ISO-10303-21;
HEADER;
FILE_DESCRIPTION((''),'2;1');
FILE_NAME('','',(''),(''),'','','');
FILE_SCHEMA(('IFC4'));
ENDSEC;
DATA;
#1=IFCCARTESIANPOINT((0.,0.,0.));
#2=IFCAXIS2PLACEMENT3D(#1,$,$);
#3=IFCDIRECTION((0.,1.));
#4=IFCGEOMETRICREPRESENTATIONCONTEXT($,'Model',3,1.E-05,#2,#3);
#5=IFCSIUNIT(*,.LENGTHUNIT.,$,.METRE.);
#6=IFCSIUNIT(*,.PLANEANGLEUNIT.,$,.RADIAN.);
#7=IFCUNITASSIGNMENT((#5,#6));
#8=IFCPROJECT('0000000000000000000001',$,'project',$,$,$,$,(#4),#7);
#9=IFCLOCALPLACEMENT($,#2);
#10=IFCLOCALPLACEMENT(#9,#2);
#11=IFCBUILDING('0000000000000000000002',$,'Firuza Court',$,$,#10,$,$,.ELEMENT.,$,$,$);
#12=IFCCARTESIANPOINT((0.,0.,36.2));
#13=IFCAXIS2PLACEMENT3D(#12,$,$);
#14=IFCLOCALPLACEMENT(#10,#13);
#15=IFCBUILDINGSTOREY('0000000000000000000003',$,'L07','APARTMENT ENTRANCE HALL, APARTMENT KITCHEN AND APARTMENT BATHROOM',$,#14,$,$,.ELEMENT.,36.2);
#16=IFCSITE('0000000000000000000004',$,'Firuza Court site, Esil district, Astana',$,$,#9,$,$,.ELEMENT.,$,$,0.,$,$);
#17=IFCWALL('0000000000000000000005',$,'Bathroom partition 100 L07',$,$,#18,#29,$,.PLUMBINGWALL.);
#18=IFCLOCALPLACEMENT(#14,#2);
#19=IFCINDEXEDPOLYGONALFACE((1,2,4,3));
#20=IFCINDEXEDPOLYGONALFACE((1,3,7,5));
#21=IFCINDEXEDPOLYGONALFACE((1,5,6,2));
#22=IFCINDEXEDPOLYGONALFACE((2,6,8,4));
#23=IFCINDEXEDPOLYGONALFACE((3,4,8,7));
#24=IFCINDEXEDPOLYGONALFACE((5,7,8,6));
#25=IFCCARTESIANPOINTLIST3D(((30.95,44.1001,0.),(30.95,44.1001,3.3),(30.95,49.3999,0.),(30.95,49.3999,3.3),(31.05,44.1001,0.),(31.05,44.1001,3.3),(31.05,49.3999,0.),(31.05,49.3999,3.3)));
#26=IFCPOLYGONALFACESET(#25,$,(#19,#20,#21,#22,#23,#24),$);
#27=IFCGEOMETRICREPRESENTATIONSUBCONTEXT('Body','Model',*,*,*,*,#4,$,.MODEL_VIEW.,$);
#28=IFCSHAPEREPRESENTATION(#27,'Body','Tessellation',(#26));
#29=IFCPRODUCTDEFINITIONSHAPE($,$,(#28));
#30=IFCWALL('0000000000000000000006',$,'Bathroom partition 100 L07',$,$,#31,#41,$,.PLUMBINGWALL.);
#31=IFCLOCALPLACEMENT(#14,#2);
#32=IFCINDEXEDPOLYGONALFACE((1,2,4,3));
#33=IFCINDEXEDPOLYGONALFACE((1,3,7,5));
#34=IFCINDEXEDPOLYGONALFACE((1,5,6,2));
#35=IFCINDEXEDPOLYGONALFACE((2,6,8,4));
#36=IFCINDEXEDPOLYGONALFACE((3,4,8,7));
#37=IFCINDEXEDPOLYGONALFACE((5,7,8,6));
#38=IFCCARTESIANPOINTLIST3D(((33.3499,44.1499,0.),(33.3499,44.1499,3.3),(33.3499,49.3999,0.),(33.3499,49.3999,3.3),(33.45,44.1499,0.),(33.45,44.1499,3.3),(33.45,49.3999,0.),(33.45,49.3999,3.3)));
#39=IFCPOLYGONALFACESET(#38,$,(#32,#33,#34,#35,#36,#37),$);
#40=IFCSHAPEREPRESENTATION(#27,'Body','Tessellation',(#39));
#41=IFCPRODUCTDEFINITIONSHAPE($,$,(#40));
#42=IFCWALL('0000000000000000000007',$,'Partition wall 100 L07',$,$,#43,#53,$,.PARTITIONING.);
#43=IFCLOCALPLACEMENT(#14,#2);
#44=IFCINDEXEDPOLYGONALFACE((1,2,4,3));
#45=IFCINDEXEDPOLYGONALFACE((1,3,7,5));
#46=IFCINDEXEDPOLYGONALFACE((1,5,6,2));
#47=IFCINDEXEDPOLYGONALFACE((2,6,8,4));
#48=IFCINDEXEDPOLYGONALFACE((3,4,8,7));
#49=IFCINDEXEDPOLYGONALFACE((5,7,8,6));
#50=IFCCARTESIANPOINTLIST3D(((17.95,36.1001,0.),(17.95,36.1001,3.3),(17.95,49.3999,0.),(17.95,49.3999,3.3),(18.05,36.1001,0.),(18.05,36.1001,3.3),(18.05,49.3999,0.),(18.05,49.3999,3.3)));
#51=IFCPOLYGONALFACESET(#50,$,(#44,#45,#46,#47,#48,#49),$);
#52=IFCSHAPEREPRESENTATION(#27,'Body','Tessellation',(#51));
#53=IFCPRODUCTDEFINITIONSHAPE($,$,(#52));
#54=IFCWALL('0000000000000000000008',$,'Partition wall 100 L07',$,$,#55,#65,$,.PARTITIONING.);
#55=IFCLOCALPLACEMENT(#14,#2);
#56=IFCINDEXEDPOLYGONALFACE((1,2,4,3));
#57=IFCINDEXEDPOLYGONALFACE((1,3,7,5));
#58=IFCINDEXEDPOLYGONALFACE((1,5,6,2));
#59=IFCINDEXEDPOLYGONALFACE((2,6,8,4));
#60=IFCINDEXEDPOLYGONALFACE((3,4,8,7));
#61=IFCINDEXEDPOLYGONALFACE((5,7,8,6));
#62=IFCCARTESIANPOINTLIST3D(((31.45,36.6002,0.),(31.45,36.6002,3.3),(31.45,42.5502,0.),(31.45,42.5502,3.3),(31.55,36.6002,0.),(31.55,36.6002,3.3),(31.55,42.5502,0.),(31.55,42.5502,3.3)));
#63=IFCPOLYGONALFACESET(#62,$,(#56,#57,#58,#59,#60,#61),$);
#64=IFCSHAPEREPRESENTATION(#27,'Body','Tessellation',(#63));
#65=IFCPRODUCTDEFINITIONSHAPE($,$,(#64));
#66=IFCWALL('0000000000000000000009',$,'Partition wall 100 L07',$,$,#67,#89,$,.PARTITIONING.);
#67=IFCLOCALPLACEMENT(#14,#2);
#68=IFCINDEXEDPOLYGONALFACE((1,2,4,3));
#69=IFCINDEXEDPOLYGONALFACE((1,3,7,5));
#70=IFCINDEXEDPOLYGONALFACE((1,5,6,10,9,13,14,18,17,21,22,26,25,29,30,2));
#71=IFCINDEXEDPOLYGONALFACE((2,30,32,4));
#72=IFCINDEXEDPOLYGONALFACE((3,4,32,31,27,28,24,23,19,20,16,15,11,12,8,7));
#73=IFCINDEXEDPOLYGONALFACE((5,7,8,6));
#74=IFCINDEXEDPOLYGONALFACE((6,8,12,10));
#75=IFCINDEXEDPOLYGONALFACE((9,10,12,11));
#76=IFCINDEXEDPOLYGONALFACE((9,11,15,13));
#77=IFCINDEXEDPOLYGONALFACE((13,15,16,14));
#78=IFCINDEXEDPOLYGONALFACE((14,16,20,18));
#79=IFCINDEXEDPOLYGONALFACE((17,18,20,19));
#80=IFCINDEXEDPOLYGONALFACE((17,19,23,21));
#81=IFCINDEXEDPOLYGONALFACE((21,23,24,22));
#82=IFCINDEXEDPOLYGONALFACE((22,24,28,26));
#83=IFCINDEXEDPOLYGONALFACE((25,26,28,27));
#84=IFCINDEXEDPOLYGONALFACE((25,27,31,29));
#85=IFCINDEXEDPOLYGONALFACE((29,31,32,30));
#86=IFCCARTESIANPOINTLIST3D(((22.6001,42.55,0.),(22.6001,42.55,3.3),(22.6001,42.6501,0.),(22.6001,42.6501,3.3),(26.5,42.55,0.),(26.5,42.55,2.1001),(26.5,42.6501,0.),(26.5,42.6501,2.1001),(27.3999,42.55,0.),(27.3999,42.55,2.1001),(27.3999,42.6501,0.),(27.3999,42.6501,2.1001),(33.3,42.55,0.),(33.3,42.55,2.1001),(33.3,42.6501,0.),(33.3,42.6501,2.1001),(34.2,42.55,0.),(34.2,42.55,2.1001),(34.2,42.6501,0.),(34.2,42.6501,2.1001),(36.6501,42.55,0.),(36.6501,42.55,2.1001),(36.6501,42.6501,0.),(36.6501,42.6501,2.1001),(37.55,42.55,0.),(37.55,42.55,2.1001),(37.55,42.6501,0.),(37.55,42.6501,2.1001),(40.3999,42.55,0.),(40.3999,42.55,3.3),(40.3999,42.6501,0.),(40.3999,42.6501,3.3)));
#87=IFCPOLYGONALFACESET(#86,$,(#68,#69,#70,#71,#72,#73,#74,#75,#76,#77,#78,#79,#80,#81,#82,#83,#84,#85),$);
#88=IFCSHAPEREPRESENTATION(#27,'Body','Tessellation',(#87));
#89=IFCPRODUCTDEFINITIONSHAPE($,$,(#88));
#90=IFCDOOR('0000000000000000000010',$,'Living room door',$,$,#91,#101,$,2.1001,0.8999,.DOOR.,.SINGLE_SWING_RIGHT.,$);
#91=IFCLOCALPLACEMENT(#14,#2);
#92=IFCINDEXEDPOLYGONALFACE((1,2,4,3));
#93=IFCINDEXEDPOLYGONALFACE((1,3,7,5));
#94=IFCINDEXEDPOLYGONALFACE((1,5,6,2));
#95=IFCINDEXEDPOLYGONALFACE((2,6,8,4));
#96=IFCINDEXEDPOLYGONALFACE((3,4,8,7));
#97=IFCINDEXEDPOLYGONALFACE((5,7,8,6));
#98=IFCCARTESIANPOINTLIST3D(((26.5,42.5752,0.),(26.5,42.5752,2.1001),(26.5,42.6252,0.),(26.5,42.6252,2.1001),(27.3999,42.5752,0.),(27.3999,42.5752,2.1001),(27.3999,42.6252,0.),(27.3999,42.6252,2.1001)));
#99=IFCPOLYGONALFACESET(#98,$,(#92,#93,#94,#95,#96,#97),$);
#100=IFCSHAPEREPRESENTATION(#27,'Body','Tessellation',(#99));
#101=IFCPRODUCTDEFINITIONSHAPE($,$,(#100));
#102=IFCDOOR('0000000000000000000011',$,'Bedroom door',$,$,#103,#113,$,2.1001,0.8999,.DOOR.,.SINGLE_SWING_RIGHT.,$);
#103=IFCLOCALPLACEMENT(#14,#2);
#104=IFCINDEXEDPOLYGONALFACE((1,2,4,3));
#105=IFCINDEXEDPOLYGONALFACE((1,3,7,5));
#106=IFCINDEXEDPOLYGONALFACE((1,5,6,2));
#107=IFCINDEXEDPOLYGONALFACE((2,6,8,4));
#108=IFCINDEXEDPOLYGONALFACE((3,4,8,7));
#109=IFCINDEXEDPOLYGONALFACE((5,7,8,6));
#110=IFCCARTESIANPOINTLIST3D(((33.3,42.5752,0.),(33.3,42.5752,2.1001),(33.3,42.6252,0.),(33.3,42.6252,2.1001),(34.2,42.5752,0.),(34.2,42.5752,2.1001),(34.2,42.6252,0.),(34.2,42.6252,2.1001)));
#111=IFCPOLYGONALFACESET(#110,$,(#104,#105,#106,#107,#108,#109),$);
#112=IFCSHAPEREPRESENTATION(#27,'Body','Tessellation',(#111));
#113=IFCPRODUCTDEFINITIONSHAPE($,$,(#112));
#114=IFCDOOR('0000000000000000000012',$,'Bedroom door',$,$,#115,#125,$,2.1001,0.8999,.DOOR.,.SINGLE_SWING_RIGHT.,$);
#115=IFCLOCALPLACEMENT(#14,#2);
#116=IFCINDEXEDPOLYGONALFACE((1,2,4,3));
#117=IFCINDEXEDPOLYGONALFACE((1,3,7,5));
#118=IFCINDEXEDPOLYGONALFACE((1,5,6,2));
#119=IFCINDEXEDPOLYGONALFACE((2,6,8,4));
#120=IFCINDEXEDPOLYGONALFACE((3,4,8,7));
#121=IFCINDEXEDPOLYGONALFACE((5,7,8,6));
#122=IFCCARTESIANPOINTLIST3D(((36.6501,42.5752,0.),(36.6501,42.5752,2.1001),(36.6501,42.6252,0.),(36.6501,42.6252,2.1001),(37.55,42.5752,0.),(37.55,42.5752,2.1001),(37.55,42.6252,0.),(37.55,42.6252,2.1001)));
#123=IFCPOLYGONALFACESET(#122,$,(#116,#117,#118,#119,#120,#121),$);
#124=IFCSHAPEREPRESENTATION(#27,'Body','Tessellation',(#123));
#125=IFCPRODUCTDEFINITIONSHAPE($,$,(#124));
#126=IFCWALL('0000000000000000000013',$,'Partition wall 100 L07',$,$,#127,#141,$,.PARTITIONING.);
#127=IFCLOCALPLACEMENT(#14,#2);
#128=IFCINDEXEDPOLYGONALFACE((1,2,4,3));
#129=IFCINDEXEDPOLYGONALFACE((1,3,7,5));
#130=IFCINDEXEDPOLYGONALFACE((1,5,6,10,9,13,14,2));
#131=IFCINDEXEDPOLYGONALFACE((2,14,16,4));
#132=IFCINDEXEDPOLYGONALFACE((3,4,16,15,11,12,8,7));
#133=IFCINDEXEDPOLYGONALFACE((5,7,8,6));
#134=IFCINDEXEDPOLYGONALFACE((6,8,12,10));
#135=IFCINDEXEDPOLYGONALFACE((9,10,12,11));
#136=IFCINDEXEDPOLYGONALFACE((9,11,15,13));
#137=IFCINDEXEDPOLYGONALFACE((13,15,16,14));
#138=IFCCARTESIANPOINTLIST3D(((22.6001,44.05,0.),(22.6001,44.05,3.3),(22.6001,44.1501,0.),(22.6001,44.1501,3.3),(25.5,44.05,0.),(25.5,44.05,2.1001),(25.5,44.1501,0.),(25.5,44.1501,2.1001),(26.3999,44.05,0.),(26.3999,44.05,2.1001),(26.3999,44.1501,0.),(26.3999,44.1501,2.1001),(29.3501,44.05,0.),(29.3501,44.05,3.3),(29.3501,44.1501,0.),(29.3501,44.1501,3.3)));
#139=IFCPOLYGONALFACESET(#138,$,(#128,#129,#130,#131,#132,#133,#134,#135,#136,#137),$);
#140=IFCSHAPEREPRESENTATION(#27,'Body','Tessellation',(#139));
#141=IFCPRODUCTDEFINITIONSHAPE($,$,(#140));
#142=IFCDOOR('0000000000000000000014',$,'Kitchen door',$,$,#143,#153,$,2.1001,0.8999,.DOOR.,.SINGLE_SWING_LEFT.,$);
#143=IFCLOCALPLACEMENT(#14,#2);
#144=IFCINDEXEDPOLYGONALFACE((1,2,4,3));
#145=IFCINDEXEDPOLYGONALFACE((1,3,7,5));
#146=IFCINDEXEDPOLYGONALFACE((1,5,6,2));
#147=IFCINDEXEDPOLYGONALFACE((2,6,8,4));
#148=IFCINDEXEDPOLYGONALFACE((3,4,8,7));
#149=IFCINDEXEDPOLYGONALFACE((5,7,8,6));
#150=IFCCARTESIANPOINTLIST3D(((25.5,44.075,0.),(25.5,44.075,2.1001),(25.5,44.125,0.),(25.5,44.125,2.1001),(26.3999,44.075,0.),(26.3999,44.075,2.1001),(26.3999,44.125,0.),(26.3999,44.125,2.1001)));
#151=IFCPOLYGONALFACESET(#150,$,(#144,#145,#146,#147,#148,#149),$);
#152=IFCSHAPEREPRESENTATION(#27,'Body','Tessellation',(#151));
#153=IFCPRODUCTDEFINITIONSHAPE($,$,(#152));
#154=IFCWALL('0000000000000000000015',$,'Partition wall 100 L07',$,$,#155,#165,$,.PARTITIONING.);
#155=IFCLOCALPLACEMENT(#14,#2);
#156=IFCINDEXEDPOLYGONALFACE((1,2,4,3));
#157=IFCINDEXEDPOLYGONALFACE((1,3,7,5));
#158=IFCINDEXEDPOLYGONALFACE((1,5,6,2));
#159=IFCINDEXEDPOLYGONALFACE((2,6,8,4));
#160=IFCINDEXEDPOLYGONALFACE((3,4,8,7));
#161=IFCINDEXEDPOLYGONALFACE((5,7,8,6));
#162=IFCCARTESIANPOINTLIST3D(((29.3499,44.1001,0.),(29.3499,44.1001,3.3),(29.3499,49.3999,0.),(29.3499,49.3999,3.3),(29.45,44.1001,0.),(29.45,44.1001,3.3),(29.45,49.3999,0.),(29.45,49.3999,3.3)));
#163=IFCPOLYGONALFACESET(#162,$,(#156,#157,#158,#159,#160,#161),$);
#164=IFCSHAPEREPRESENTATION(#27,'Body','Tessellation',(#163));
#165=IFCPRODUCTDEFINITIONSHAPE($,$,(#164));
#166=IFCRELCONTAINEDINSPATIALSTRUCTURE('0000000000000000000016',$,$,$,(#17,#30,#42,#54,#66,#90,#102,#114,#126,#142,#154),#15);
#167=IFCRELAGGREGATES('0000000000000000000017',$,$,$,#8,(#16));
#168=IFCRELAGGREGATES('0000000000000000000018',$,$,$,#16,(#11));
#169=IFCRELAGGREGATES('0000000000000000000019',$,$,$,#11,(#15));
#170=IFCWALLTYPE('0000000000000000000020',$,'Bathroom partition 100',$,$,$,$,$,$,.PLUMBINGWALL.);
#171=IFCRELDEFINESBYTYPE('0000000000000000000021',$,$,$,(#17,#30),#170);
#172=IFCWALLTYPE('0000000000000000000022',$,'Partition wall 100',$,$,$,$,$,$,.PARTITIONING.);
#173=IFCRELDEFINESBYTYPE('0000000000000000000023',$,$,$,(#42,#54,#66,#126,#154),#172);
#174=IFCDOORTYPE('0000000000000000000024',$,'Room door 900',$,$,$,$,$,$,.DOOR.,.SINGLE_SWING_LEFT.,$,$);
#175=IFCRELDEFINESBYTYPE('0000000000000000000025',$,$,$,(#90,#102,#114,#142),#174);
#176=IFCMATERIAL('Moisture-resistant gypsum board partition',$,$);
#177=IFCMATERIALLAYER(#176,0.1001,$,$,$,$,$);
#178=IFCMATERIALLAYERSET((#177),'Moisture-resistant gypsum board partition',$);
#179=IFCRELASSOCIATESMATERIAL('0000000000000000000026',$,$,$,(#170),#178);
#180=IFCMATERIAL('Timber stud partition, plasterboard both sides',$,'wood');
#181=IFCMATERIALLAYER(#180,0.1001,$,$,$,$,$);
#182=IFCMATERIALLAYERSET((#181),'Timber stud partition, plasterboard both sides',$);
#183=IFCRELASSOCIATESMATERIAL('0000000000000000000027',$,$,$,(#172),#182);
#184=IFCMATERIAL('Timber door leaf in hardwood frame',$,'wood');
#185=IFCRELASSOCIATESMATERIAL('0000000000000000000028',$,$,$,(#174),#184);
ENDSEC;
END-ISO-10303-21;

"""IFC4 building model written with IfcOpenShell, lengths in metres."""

from ifc_helpers import new_model, si_unit, direction, frame, frame_2d, origin, place, context, subcontext, project, spatial, rectangle, extrude, material, layer, layer_set, type_object, element, fill, save


model = new_model("IFC4")

# Units and contexts
model_context = context("Model", 3, precision=1e-05, world=origin(), true_north=direction((0.0, 1.0)))
body_context = subcontext(model_context, "Body", "Model", "MODEL_VIEW")
ifc_project = project(units=[si_unit("LENGTHUNIT", "METRE"), si_unit("PLANEANGLEUNIT", "RADIAN")], contexts=[model_context])

# Site, building, storey
site_placement = place(None, origin())
site = spatial("IfcSite", under=ifc_project, at=site_placement, Name="Firuza Court site, Esil district, Astana", CompositionType="ELEMENT", RefElevation=0.0)
building_placement = place(site_placement, origin())
building = spatial("IfcBuilding", under=site, at=building_placement, Name="Firuza Court", CompositionType="ELEMENT")
storey_placement = place(building_placement, frame((0.0, 0.0, 36.2)))
storey = spatial("IfcBuildingStorey", under=building, at=storey_placement, Name="L07", Description="APARTMENT ENTRANCE HALL, APARTMENT KITCHEN AND APARTMENT BATHROOM", CompositionType="ELEMENT", Elevation=36.2)

# Walls
ifc_material_1 = material(Name="Moisture-resistant gypsum board partition")
ifc_layer_1 = layer(ifc_material_1, 0.1001)
ifc_layer_set_1 = layer_set([ifc_layer_1], Name="Moisture-resistant gypsum board partition")
wall_type_1 = type_object("IfcWallType", Name="Bathroom partition 100", PredefinedType="PLUMBINGWALL", material=ifc_layer_set_1)
wall_1_placement = place(storey_placement, frame((31.0, 44.1001, 0.0), z_axis=(0.0, 0.0, 1.0), x_axis=(0.0, 1.0, 0.0)))
element("IfcWall", 1, at=wall_1_placement, inside=storey, type_object=wall_type_1, Name="Bathroom partition 100 L07", PredefinedType="PLUMBINGWALL", context=body_context, shape_type="SweptSolid", body=[
    extrude(rectangle(XDim=5.2998, YDim=0.1001, at=frame_2d((2.6499, 0.0))), origin(), (0.0, 0.0, 1.0), 3.3),
])
wall_2_placement = place(storey_placement, frame((33.3999, 44.1499, 0.0), z_axis=(0.0, 0.0, 1.0), x_axis=(0.0, 1.0, 0.0)))
element("IfcWall", 2, at=wall_2_placement, inside=storey, type_object=wall_type_1, Name="Bathroom partition 100 L07", PredefinedType="PLUMBINGWALL", context=body_context, shape_type="SweptSolid", body=[
    extrude(rectangle(XDim=5.25, YDim=0.1001, at=frame_2d((2.625, 0.0))), origin(), (0.0, 0.0, 1.0), 3.3),
])
ifc_material_2 = material(Name="Timber stud partition, plasterboard both sides", Category="wood")
ifc_layer_2 = layer(ifc_material_2, 0.1001)
ifc_layer_set_2 = layer_set([ifc_layer_2], Name="Timber stud partition, plasterboard both sides")
wall_type_2 = type_object("IfcWallType", Name="Partition wall 100", PredefinedType="PARTITIONING", material=ifc_layer_set_2)
wall_3_placement = place(storey_placement, frame((18.0, 36.1001, 0.0), z_axis=(0.0, 0.0, 1.0), x_axis=(0.0, 1.0, 0.0)))
element("IfcWall", 3, at=wall_3_placement, inside=storey, type_object=wall_type_2, Name="Partition wall 100 L07", PredefinedType="PARTITIONING", context=body_context, shape_type="SweptSolid", body=[
    extrude(rectangle(XDim=13.2998, YDim=0.1001, at=frame_2d((6.6499, 0.0))), origin(), (0.0, 0.0, 1.0), 3.3),
])
wall_4_placement = place(storey_placement, frame((31.5, 36.6001, 0.0), z_axis=(0.0, 0.0, 1.0), x_axis=(0.0, 1.0, 0.0)))
element("IfcWall", 4, at=wall_4_placement, inside=storey, type_object=wall_type_2, Name="Partition wall 100 L07", PredefinedType="PARTITIONING", context=body_context, shape_type="SweptSolid", body=[
    extrude(rectangle(XDim=5.95, YDim=0.1001, at=frame_2d((2.9751, 0.0))), origin(), (0.0, 0.0, 1.0), 3.3),
])

# Wall, openings, doors
wall_5_placement = place(storey_placement, frame((22.6001, 42.6001, 0.0), z_axis=(0.0, 0.0, 1.0), x_axis=(1.0, 0.0, 0.0)))
wall_5 = element("IfcWall", 5, at=wall_5_placement, inside=storey, type_object=wall_type_2, Name="Partition wall 100 L07", PredefinedType="PARTITIONING", context=body_context, shape_type="SweptSolid", body=[
    extrude(rectangle(XDim=17.7998, YDim=0.1001, at=frame_2d((8.8999, 0.0))), origin(), (0.0, 0.0, 1.0), 3.3),
])
opening_1_placement = place(wall_5_placement, frame((3.8999, 0.0, 0.0)))
opening_1 = element("IfcOpeningElement", 6, at=opening_1_placement, cuts=wall_5, PredefinedType="OPENING", context=body_context, shape_type="SweptSolid", body=[
    extrude(rectangle(XDim=0.8999, YDim=2.1001, at=frame_2d((0.45, 1.05))), frame((0.0, 0.062, 0.0), z_axis=(0.0, -1.0, 0.0), x_axis=(1.0, 0.0, 0.0)), (0.0, 0.0, 1.0), 0.124),
])
opening_2_placement = place(wall_5_placement, frame((10.7, 0.0, 0.0)))
opening_2 = element("IfcOpeningElement", 7, at=opening_2_placement, cuts=wall_5, PredefinedType="OPENING", context=body_context, shape_type="SweptSolid", body=[
    extrude(rectangle(XDim=0.8999, YDim=2.1001, at=frame_2d((0.45, 1.05))), frame((0.0, 0.062, 0.0), z_axis=(0.0, -1.0, 0.0), x_axis=(1.0, 0.0, 0.0)), (0.0, 0.0, 1.0), 0.124),
])
opening_3_placement = place(wall_5_placement, frame((14.05, 0.0, 0.0)))
opening_3 = element("IfcOpeningElement", 8, at=opening_3_placement, cuts=wall_5, PredefinedType="OPENING", context=body_context, shape_type="SweptSolid", body=[
    extrude(rectangle(XDim=0.8999, YDim=2.1001, at=frame_2d((0.45, 1.05))), frame((0.0, 0.062, 0.0), z_axis=(0.0, -1.0, 0.0), x_axis=(1.0, 0.0, 0.0)), (0.0, 0.0, 1.0), 0.124),
])
ifc_material_3 = material(Name="Timber door leaf in hardwood frame", Category="wood")
door_type_1 = type_object("IfcDoorType", Name="Room door 900", OperationType="SINGLE_SWING_LEFT", PredefinedType="DOOR", material=ifc_material_3)
door_1_placement = place(opening_1_placement, frame((0.8999, 0.0, 0.0), z_axis=(0.0, 0.0, 1.0), x_axis=(-1.0, 0.0, 0.0)))
door_1 = element("IfcDoor", 9, at=door_1_placement, inside=storey, type_object=door_type_1, Name="Living room door", OperationType="SINGLE_SWING_RIGHT", OverallHeight=2.1001, OverallWidth=0.8999, PredefinedType="DOOR", context=body_context, shape_type="SweptSolid", body=[
    extrude(rectangle(XDim=0.8999, YDim=2.1001, at=frame_2d((0.45, 1.05))), frame((0.0, 0.0249, 0.0), z_axis=(0.0, -1.0, 0.0), x_axis=(1.0, 0.0, 0.0)), (0.0, 0.0, 1.0), 0.05),
])
fill(opening_1, door_1)
door_2_placement = place(opening_2_placement, frame((0.8999, 0.0, 0.0), z_axis=(0.0, 0.0, 1.0), x_axis=(-1.0, 0.0, 0.0)))
door_2 = element("IfcDoor", 10, at=door_2_placement, inside=storey, type_object=door_type_1, Name="Bedroom door", OperationType="SINGLE_SWING_RIGHT", OverallHeight=2.1001, OverallWidth=0.8999, PredefinedType="DOOR", context=body_context, shape_type="SweptSolid", body=[
    extrude(rectangle(XDim=0.8999, YDim=2.1001, at=frame_2d((0.45, 1.05))), frame((0.0, 0.0249, 0.0), z_axis=(0.0, -1.0, 0.0), x_axis=(1.0, 0.0, 0.0)), (0.0, 0.0, 1.0), 0.05),
])
fill(opening_2, door_2)
door_3_placement = place(opening_3_placement, frame((0.8999, 0.0, 0.0), z_axis=(0.0, 0.0, 1.0), x_axis=(-1.0, 0.0, 0.0)))
door_3 = element("IfcDoor", 11, at=door_3_placement, inside=storey, type_object=door_type_1, Name="Bedroom door", OperationType="SINGLE_SWING_RIGHT", OverallHeight=2.1001, OverallWidth=0.8999, PredefinedType="DOOR", context=body_context, shape_type="SweptSolid", body=[
    extrude(rectangle(XDim=0.8999, YDim=2.1001, at=frame_2d((0.45, 1.05))), frame((0.0, 0.0249, 0.0), z_axis=(0.0, -1.0, 0.0), x_axis=(1.0, 0.0, 0.0)), (0.0, 0.0, 1.0), 0.05),
])
fill(opening_3, door_3)

# Wall, opening, door
wall_6_placement = place(storey_placement, frame((22.6001, 44.1001, 0.0), z_axis=(0.0, 0.0, 1.0), x_axis=(1.0, 0.0, 0.0)))
wall_6 = element("IfcWall", 12, at=wall_6_placement, inside=storey, type_object=wall_type_2, Name="Partition wall 100 L07", PredefinedType="PARTITIONING", context=body_context, shape_type="SweptSolid", body=[
    extrude(rectangle(XDim=6.75, YDim=0.1001, at=frame_2d((3.375, 0.0))), origin(), (0.0, 0.0, 1.0), 3.3),
])
opening_4_placement = place(wall_6_placement, frame((2.8999, 0.0, 0.0)))
opening_4 = element("IfcOpeningElement", 13, at=opening_4_placement, cuts=wall_6, PredefinedType="OPENING", context=body_context, shape_type="SweptSolid", body=[
    extrude(rectangle(XDim=0.8999, YDim=2.1001, at=frame_2d((0.45, 1.05))), frame((0.0, 0.062, 0.0), z_axis=(0.0, -1.0, 0.0), x_axis=(1.0, 0.0, 0.0)), (0.0, 0.0, 1.0), 0.124),
])
door_4_placement = place(opening_4_placement, origin())
door_4 = element("IfcDoor", 14, at=door_4_placement, inside=storey, type_object=door_type_1, Name="Kitchen door", OperationType="SINGLE_SWING_LEFT", OverallHeight=2.1001, OverallWidth=0.8999, PredefinedType="DOOR", context=body_context, shape_type="SweptSolid", body=[
    extrude(rectangle(XDim=0.8999, YDim=2.1001, at=frame_2d((0.45, 1.05))), frame((0.0, 0.0249, 0.0), z_axis=(0.0, -1.0, 0.0), x_axis=(1.0, 0.0, 0.0)), (0.0, 0.0, 1.0), 0.05),
])
fill(opening_4, door_4)

# Wall
wall_7_placement = place(storey_placement, frame((29.3999, 44.1001, 0.0), z_axis=(0.0, 0.0, 1.0), x_axis=(0.0, 1.0, 0.0)))
element("IfcWall", 15, at=wall_7_placement, inside=storey, type_object=wall_type_2, Name="Partition wall 100 L07", PredefinedType="PARTITIONING", context=body_context, shape_type="SweptSolid", body=[
    extrude(rectangle(XDim=5.2998, YDim=0.1001, at=frame_2d((2.6499, 0.0))), origin(), (0.0, 0.0, 1.0), 3.3),
])

save(model, "model.ifc")
